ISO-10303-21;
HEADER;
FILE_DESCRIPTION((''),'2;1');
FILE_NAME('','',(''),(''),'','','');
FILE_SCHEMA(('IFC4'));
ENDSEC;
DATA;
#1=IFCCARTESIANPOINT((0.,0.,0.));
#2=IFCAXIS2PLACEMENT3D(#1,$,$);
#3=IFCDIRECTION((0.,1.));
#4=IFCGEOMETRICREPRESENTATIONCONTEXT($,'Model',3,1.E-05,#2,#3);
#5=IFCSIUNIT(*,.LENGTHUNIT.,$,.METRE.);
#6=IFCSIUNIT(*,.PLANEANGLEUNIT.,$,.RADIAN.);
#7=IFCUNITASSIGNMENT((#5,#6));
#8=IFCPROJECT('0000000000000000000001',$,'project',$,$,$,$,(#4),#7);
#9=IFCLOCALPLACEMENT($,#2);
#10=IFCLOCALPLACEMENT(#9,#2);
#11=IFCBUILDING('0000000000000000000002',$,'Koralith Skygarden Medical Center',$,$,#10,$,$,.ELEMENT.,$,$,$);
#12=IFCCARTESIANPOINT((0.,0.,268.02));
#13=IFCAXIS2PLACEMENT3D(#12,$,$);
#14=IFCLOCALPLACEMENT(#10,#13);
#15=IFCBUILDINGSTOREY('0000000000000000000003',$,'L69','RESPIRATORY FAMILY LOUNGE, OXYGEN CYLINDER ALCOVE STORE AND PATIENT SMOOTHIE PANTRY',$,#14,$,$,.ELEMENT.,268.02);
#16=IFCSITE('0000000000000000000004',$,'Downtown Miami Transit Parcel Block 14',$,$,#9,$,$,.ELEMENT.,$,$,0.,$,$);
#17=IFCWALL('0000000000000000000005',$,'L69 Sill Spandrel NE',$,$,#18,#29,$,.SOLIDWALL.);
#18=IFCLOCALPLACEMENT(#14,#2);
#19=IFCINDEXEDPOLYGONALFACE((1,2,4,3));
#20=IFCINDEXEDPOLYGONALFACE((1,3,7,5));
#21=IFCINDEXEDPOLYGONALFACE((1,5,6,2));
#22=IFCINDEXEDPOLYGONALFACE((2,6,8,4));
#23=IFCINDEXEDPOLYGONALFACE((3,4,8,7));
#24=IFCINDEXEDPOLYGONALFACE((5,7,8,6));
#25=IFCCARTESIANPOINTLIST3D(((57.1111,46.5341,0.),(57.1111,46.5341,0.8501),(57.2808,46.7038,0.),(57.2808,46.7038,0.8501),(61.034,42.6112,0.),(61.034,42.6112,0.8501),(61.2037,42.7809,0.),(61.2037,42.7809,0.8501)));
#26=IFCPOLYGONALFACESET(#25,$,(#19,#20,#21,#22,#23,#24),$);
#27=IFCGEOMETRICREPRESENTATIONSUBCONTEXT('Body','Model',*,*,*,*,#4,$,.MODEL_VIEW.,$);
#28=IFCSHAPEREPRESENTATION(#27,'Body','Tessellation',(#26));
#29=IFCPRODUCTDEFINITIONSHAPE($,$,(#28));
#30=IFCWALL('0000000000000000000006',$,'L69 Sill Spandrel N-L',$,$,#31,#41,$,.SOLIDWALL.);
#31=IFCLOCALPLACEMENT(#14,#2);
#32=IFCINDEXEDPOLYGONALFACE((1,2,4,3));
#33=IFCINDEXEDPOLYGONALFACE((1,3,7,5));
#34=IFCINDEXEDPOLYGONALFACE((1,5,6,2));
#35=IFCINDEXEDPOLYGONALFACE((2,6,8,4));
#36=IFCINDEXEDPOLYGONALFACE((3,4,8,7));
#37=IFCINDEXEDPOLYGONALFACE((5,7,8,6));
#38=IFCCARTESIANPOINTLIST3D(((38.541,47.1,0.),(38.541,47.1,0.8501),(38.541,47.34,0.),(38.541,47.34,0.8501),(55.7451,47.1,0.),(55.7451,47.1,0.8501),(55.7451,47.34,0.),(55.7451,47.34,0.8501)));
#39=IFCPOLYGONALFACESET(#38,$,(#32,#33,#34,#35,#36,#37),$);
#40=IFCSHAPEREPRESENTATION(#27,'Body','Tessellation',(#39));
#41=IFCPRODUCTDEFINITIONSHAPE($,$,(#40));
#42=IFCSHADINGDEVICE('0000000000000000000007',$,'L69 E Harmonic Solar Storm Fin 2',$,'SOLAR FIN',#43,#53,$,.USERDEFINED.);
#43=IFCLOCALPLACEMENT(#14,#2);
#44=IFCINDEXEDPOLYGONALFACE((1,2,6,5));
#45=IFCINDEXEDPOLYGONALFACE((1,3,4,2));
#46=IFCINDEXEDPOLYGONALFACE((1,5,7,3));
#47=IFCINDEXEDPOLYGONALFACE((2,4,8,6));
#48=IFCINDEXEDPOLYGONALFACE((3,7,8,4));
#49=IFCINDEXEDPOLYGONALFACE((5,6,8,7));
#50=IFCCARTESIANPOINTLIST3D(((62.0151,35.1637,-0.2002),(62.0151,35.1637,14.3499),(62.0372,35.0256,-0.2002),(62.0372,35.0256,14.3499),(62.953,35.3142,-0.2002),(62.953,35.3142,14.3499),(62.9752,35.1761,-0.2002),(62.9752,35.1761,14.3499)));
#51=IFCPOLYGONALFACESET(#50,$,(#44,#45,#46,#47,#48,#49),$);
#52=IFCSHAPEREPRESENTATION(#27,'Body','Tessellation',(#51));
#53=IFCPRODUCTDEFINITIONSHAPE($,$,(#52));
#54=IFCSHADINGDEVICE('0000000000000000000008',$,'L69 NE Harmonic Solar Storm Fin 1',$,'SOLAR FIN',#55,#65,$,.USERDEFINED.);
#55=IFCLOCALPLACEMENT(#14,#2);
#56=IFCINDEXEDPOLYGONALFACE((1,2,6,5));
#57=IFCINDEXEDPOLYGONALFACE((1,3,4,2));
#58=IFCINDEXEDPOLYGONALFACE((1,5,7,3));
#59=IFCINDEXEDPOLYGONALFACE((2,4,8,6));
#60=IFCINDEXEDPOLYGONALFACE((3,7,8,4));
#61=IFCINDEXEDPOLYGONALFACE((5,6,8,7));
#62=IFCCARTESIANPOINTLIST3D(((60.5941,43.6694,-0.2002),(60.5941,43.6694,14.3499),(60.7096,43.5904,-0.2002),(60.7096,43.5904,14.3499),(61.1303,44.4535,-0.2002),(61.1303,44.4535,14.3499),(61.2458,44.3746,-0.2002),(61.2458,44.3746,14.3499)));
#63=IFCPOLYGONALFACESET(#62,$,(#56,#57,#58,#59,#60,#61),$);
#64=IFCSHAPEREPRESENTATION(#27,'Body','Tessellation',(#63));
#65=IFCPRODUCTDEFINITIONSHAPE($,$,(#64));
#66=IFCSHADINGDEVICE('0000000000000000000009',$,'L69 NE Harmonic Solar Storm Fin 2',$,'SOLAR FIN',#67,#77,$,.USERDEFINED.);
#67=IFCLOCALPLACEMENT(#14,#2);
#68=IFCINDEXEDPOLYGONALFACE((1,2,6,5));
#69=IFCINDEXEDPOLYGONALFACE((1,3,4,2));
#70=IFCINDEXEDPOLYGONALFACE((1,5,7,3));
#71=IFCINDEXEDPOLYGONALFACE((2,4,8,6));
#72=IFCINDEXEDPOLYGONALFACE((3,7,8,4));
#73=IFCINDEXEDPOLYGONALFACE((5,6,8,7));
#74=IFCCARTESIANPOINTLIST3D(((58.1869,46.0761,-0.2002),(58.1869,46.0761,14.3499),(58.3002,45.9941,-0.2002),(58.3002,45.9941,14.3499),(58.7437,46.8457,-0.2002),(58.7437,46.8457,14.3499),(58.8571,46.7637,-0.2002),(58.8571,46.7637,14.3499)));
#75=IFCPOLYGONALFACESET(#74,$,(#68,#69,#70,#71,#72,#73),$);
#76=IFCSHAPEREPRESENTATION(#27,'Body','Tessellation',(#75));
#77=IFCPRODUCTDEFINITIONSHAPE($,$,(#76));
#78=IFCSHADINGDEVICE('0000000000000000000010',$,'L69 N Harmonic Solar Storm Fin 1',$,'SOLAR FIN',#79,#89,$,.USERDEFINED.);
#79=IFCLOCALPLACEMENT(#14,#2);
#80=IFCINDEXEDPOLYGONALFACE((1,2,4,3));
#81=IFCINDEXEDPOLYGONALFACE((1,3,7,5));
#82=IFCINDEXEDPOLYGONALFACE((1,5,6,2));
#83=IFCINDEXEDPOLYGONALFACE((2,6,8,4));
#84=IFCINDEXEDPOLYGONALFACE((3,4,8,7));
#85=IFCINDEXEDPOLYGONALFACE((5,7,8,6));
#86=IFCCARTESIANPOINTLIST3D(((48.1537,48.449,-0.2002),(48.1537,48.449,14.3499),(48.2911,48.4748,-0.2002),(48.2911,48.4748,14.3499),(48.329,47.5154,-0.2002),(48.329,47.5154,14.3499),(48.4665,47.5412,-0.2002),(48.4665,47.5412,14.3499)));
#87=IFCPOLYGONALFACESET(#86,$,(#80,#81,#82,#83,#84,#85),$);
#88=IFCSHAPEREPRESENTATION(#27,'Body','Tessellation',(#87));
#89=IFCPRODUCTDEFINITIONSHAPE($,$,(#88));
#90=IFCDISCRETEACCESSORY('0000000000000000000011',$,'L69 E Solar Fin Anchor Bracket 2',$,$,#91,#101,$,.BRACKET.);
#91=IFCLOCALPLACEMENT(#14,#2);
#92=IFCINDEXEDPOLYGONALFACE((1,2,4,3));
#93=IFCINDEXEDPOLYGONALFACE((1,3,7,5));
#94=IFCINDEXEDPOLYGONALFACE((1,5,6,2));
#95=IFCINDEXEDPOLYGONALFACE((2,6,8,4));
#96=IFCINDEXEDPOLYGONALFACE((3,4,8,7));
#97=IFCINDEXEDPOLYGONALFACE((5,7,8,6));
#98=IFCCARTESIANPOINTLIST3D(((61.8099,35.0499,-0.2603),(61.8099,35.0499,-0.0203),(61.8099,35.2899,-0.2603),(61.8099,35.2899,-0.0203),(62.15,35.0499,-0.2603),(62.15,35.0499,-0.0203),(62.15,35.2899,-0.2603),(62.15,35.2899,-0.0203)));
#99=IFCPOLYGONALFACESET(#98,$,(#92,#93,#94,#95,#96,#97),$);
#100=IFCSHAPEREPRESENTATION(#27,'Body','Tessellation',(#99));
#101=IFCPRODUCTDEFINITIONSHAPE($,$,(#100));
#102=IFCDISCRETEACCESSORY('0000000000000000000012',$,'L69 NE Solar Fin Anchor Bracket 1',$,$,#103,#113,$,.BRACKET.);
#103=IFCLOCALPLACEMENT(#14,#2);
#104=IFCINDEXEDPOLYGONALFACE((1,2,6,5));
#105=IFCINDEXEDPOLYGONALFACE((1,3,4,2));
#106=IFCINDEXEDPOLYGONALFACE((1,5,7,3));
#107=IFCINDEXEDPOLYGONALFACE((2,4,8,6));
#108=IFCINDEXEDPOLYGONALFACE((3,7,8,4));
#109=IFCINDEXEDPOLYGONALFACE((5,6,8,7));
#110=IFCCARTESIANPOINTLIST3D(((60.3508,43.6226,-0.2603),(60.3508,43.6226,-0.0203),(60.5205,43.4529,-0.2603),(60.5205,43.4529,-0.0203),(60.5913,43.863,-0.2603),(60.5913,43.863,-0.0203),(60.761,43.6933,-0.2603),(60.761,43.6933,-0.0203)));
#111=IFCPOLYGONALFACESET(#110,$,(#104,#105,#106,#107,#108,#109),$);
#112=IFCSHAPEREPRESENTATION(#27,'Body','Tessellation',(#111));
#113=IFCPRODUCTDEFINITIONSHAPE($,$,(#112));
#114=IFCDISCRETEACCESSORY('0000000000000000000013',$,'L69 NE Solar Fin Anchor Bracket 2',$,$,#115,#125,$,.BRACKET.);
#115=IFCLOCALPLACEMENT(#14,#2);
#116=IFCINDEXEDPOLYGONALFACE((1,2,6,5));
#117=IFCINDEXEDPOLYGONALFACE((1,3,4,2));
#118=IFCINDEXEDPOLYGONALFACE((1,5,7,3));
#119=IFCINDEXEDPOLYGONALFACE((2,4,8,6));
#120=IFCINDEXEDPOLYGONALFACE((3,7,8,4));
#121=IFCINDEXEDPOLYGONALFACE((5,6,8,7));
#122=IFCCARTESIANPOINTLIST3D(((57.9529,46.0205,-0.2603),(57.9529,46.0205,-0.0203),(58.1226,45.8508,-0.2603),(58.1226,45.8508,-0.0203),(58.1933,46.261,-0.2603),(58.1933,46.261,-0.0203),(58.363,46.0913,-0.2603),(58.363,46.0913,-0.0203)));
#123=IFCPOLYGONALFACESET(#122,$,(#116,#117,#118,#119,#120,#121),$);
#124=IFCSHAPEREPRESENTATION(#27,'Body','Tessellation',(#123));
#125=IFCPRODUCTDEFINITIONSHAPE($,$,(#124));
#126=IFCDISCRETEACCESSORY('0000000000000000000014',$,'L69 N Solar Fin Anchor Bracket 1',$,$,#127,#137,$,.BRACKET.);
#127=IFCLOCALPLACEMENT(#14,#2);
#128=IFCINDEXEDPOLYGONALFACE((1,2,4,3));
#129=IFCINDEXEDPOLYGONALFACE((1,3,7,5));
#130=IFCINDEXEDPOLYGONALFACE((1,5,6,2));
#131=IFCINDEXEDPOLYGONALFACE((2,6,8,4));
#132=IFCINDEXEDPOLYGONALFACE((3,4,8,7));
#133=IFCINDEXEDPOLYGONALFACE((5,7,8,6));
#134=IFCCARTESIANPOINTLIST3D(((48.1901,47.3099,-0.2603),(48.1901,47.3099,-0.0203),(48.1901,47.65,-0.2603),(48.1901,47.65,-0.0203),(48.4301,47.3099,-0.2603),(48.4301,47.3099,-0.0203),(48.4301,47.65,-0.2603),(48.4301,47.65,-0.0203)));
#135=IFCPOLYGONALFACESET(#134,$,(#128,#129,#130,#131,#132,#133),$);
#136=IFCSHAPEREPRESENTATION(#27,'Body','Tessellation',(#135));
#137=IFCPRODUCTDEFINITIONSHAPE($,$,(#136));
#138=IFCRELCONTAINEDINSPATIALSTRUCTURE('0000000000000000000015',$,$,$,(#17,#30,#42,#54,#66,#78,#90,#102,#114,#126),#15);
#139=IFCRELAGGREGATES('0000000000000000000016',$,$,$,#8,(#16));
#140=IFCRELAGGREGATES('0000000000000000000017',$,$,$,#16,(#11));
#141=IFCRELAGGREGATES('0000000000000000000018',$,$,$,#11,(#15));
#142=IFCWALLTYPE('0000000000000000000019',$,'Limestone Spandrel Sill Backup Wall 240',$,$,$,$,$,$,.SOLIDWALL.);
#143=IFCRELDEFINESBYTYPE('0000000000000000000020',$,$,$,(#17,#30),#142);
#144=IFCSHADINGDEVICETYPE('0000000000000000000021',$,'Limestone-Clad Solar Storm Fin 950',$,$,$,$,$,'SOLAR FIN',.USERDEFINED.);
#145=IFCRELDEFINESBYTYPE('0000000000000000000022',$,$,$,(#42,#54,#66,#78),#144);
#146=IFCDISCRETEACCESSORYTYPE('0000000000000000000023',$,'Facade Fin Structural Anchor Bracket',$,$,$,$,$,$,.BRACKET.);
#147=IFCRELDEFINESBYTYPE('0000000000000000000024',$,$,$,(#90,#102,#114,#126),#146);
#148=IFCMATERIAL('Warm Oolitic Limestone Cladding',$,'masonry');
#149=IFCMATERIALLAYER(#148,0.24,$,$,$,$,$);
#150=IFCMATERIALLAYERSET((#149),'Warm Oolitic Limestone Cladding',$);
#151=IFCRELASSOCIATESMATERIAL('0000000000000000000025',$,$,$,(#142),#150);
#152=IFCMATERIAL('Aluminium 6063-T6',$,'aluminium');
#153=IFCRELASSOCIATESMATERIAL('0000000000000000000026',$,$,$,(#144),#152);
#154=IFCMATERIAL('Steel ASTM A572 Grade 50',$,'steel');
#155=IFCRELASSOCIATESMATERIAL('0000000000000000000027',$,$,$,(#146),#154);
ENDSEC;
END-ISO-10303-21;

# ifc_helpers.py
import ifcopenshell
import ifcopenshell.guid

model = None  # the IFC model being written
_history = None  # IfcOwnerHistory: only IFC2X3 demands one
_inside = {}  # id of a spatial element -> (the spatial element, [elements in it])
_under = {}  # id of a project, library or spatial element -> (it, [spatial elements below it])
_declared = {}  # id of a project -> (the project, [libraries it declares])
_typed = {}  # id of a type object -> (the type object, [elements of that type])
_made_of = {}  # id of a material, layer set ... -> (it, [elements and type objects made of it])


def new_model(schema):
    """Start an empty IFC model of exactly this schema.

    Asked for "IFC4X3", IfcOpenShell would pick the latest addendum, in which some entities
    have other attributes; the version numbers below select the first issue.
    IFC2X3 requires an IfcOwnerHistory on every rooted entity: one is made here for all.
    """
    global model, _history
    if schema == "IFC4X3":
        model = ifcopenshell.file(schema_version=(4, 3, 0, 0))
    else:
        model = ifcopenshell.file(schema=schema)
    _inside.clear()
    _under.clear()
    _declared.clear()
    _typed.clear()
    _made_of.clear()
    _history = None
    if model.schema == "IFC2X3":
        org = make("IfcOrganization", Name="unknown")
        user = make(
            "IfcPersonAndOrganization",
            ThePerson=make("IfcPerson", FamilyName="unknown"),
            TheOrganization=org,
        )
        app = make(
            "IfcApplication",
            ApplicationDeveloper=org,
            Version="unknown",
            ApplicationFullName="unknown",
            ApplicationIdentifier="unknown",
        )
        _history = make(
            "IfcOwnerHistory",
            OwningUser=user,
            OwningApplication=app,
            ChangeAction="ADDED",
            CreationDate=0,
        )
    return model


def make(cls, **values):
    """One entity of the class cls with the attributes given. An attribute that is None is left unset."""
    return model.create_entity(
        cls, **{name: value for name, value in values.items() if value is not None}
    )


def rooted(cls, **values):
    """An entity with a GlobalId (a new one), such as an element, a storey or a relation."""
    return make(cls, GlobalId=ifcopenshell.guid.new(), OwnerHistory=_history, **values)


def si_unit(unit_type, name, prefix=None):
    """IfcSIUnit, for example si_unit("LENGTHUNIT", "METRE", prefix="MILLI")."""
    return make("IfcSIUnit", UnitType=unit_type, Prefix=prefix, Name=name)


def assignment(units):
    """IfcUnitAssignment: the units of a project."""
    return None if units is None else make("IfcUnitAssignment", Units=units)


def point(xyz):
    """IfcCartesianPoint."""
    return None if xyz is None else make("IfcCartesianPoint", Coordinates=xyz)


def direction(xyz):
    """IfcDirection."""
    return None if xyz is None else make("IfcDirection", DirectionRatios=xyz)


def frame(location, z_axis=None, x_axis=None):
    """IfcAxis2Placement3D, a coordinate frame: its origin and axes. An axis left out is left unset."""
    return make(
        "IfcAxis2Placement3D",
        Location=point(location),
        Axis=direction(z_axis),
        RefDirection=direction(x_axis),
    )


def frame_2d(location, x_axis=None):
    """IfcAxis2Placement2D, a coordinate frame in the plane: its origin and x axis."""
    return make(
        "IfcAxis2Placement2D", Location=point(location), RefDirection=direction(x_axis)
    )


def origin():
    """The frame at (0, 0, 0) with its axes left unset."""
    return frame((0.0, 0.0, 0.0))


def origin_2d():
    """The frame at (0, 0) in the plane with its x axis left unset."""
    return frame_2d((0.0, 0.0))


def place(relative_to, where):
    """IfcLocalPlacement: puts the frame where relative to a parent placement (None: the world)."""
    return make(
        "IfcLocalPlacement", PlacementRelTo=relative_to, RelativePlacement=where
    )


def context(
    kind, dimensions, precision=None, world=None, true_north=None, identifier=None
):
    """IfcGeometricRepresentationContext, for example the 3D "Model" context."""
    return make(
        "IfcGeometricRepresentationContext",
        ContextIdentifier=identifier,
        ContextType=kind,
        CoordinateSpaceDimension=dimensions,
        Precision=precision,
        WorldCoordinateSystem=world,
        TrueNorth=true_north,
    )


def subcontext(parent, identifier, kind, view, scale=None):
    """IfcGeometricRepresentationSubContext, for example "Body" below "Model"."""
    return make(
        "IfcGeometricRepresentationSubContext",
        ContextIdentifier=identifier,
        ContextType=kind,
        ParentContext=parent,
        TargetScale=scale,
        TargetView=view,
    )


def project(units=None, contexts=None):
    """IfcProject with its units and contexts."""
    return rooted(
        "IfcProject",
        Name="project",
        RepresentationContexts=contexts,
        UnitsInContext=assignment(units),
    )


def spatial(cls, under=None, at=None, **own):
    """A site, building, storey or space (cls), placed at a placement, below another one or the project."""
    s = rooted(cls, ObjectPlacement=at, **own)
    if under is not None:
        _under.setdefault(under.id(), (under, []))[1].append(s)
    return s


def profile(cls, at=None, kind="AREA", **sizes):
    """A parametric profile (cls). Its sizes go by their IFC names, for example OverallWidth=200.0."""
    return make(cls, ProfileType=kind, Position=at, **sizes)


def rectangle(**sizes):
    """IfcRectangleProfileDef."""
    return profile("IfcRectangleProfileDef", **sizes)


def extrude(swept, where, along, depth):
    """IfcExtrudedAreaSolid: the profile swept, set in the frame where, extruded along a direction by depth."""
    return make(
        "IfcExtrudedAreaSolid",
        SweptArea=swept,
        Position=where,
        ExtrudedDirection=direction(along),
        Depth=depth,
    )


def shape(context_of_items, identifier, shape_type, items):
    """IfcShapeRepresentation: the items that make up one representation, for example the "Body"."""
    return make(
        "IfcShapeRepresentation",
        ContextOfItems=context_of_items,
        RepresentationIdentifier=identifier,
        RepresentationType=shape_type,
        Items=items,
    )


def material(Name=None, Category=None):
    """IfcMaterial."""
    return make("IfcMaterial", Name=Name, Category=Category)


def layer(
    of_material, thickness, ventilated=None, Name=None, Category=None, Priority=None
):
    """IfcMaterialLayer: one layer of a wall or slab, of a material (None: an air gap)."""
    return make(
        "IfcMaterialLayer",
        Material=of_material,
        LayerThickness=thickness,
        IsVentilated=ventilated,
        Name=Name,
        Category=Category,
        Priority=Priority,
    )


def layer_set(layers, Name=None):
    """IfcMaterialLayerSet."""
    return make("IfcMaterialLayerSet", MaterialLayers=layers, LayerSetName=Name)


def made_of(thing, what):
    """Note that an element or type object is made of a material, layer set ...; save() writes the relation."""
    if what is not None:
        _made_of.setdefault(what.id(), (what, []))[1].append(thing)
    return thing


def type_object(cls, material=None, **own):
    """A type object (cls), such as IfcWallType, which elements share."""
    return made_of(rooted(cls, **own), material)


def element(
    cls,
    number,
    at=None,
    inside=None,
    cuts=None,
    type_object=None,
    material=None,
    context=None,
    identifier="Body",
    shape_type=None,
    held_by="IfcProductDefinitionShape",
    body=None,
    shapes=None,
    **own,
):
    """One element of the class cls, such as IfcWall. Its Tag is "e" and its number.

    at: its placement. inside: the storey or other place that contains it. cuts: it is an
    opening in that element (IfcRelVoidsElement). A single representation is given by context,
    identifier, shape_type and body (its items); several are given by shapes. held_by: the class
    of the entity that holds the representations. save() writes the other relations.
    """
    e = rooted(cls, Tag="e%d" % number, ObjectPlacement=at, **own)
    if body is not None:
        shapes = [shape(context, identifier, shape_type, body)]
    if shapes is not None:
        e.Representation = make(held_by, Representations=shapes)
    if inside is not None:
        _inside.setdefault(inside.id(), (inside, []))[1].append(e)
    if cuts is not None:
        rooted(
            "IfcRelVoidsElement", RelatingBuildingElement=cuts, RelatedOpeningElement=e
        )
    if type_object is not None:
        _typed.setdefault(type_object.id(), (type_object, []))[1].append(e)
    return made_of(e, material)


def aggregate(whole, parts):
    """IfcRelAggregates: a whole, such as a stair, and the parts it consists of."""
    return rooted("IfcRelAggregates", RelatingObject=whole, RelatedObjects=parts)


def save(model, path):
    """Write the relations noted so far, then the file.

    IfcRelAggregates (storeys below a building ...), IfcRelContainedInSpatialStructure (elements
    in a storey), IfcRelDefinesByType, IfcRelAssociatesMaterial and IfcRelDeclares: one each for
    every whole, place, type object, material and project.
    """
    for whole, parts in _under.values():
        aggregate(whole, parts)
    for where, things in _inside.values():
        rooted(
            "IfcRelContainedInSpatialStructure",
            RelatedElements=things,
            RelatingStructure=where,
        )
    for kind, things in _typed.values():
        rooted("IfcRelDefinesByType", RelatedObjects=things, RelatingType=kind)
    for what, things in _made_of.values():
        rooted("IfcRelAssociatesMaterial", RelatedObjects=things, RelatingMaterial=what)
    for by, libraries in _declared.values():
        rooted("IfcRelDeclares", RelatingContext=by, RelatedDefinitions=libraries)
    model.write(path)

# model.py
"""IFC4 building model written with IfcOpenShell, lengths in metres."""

from ifc_helpers import new_model, si_unit, direction, frame, frame_2d, origin, origin_2d, place, context, subcontext, project, spatial, rectangle, extrude, material, layer, layer_set, type_object, element, save


model = new_model("IFC4")

# Units and contexts
model_context = context("Model", 3, precision=1e-05, world=origin(), true_north=direction((0.0, 1.0)))
body_context = subcontext(model_context, "Body", "Model", "MODEL_VIEW")
ifc_project = project(units=[si_unit("LENGTHUNIT", "METRE"), si_unit("PLANEANGLEUNIT", "RADIAN")], contexts=[model_context])

# Site, building, storey
site_placement = place(None, origin())
site = spatial("IfcSite", under=ifc_project, at=site_placement, Name="Downtown Miami Transit Parcel Block 14", CompositionType="ELEMENT", RefElevation=0.0)
building_placement = place(site_placement, origin())
building = spatial("IfcBuilding", under=site, at=building_placement, Name="Koralith Skygarden Medical Center", CompositionType="ELEMENT")
storey_placement = place(building_placement, frame((0.0, 0.0, 268.02)))
storey = spatial("IfcBuildingStorey", under=building, at=storey_placement, Name="L69", Description="RESPIRATORY FAMILY LOUNGE, OXYGEN CYLINDER ALCOVE STORE AND PATIENT SMOOTHIE PANTRY", CompositionType="ELEMENT", Elevation=268.02)

# Shared definitions
ifc_material_1 = material(Name="Aluminium 6063-T6", Category="aluminium")

# Shared definitions
ifc_material_2 = material(Name="Warm Oolitic Limestone Cladding", Category="masonry")

# Walls
ifc_layer_1 = layer(ifc_material_2, 0.24)
ifc_layer_set_1 = layer_set([ifc_layer_1], Name="Warm Oolitic Limestone Cladding")
wall_type_1 = type_object("IfcWallType", Name="Limestone Spandrel Sill Backup Wall 240", PredefinedType="SOLIDWALL", material=ifc_layer_set_1)
wall_1_placement = place(storey_placement, frame((61.1189, 42.696, 0.0), z_axis=(0.0, 0.0, 1.0), x_axis=(-0.707107, 0.707107, 0.0)))
element("IfcWall", 1, at=wall_1_placement, inside=storey, type_object=wall_type_1, Name="L69 Sill Spandrel NE", PredefinedType="SOLIDWALL", context=body_context, shape_type="SweptSolid", body=[
    extrude(rectangle(XDim=5.5479, YDim=0.24, at=frame_2d((2.7739, 0.0))), origin(), (0.0, 0.0, 1.0), 0.8501),
])
wall_2_placement = place(storey_placement, frame((55.7451, 47.22, 0.0), z_axis=(0.0, 0.0, 1.0), x_axis=(-1.0, 0.0, 0.0)))
element("IfcWall", 2, at=wall_2_placement, inside=storey, type_object=wall_type_1, Name="L69 Sill Spandrel N-L", PredefinedType="SOLIDWALL", context=body_context, shape_type="SweptSolid", body=[
    extrude(rectangle(XDim=17.2041, YDim=0.24, at=frame_2d((8.6021, 0.0))), origin(), (0.0, 0.0, 1.0), 0.8501),
])

# Shading devices
shading_device_type = type_object("IfcShadingDeviceType", Name="Limestone-Clad Solar Storm Fin 950", ElementType="SOLAR FIN", PredefinedType="USERDEFINED", material=ifc_material_1)
for number, where, z_axis, x_axis, name in (
    (3, (62.4951, 35.1699, -0.2002), (0.0, 0.0, 1.0), (0.987375, 0.158399, 0.0), "L69 E Harmonic Solar Storm Fin 2"),
    (4, (60.9199, 44.022, -0.2002), (0.0, 0.0, 1.0), (0.564463, 0.825458, 0.0), "L69 NE Harmonic Solar Storm Fin 1"),
    (5, (58.522, 46.4199, -0.2002), (0.0, 0.0, 1.0), (0.586174, 0.810185, 0.0), "L69 NE Harmonic Solar Storm Fin 2"),
    (6, (48.3101, 47.9951, -0.2002), (0.0, 0.0, 1.0), (-0.184552, 0.982823, 0.0), "L69 N Harmonic Solar Storm Fin 1"),
):
    element("IfcShadingDevice", number, at=place(storey_placement, frame(where, z_axis=z_axis, x_axis=x_axis)), inside=storey, type_object=shading_device_type, Name=name, ObjectType="SOLAR FIN", PredefinedType="USERDEFINED", context=body_context, shape_type="SweptSolid", body=[
        extrude(rectangle(XDim=0.95, YDim=0.1399, at=origin_2d()), origin(), (0.0, 0.0, 1.0), 14.55),
    ])

# Discrete accessories
ifc_material_3 = material(Name="Steel ASTM A572 Grade 50", Category="steel")
discrete_accessory_type = type_object("IfcDiscreteAccessoryType", Name="Facade Fin Structural Anchor Bracket", PredefinedType="BRACKET", material=ifc_material_3)
for number, where, z_axis, x_axis, name in (
    (7, (61.98, 35.1699, -0.2603), (0.0, 0.0, 1.0), (1.0, 0.0, 0.0), "L69 E Solar Fin Anchor Bracket 2"),
    (8, (60.5559, 43.658, -0.2603), (0.0, 0.0, 1.0), (0.707107, 0.707107, 0.0), "L69 NE Solar Fin Anchor Bracket 1"),
    (9, (58.158, 46.0559, -0.2603), (0.0, 0.0, 1.0), (0.707107, 0.707107, 0.0), "L69 NE Solar Fin Anchor Bracket 2"),
    (10, (48.3101, 47.48, -0.2603), (0.0, 0.0, 1.0), (0.0, 1.0, 0.0), "L69 N Solar Fin Anchor Bracket 1"),
):
    element("IfcDiscreteAccessory", number, at=place(storey_placement, frame(where, z_axis=z_axis, x_axis=x_axis)), inside=storey, type_object=discrete_accessory_type, Name=name, PredefinedType="BRACKET", context=body_context, shape_type="SweptSolid", body=[
        extrude(rectangle(XDim=0.3401, YDim=0.24, at=origin_2d()), origin(), (0.0, 0.0, 1.0), 0.24),
    ])

save(model, "model.ifc")
